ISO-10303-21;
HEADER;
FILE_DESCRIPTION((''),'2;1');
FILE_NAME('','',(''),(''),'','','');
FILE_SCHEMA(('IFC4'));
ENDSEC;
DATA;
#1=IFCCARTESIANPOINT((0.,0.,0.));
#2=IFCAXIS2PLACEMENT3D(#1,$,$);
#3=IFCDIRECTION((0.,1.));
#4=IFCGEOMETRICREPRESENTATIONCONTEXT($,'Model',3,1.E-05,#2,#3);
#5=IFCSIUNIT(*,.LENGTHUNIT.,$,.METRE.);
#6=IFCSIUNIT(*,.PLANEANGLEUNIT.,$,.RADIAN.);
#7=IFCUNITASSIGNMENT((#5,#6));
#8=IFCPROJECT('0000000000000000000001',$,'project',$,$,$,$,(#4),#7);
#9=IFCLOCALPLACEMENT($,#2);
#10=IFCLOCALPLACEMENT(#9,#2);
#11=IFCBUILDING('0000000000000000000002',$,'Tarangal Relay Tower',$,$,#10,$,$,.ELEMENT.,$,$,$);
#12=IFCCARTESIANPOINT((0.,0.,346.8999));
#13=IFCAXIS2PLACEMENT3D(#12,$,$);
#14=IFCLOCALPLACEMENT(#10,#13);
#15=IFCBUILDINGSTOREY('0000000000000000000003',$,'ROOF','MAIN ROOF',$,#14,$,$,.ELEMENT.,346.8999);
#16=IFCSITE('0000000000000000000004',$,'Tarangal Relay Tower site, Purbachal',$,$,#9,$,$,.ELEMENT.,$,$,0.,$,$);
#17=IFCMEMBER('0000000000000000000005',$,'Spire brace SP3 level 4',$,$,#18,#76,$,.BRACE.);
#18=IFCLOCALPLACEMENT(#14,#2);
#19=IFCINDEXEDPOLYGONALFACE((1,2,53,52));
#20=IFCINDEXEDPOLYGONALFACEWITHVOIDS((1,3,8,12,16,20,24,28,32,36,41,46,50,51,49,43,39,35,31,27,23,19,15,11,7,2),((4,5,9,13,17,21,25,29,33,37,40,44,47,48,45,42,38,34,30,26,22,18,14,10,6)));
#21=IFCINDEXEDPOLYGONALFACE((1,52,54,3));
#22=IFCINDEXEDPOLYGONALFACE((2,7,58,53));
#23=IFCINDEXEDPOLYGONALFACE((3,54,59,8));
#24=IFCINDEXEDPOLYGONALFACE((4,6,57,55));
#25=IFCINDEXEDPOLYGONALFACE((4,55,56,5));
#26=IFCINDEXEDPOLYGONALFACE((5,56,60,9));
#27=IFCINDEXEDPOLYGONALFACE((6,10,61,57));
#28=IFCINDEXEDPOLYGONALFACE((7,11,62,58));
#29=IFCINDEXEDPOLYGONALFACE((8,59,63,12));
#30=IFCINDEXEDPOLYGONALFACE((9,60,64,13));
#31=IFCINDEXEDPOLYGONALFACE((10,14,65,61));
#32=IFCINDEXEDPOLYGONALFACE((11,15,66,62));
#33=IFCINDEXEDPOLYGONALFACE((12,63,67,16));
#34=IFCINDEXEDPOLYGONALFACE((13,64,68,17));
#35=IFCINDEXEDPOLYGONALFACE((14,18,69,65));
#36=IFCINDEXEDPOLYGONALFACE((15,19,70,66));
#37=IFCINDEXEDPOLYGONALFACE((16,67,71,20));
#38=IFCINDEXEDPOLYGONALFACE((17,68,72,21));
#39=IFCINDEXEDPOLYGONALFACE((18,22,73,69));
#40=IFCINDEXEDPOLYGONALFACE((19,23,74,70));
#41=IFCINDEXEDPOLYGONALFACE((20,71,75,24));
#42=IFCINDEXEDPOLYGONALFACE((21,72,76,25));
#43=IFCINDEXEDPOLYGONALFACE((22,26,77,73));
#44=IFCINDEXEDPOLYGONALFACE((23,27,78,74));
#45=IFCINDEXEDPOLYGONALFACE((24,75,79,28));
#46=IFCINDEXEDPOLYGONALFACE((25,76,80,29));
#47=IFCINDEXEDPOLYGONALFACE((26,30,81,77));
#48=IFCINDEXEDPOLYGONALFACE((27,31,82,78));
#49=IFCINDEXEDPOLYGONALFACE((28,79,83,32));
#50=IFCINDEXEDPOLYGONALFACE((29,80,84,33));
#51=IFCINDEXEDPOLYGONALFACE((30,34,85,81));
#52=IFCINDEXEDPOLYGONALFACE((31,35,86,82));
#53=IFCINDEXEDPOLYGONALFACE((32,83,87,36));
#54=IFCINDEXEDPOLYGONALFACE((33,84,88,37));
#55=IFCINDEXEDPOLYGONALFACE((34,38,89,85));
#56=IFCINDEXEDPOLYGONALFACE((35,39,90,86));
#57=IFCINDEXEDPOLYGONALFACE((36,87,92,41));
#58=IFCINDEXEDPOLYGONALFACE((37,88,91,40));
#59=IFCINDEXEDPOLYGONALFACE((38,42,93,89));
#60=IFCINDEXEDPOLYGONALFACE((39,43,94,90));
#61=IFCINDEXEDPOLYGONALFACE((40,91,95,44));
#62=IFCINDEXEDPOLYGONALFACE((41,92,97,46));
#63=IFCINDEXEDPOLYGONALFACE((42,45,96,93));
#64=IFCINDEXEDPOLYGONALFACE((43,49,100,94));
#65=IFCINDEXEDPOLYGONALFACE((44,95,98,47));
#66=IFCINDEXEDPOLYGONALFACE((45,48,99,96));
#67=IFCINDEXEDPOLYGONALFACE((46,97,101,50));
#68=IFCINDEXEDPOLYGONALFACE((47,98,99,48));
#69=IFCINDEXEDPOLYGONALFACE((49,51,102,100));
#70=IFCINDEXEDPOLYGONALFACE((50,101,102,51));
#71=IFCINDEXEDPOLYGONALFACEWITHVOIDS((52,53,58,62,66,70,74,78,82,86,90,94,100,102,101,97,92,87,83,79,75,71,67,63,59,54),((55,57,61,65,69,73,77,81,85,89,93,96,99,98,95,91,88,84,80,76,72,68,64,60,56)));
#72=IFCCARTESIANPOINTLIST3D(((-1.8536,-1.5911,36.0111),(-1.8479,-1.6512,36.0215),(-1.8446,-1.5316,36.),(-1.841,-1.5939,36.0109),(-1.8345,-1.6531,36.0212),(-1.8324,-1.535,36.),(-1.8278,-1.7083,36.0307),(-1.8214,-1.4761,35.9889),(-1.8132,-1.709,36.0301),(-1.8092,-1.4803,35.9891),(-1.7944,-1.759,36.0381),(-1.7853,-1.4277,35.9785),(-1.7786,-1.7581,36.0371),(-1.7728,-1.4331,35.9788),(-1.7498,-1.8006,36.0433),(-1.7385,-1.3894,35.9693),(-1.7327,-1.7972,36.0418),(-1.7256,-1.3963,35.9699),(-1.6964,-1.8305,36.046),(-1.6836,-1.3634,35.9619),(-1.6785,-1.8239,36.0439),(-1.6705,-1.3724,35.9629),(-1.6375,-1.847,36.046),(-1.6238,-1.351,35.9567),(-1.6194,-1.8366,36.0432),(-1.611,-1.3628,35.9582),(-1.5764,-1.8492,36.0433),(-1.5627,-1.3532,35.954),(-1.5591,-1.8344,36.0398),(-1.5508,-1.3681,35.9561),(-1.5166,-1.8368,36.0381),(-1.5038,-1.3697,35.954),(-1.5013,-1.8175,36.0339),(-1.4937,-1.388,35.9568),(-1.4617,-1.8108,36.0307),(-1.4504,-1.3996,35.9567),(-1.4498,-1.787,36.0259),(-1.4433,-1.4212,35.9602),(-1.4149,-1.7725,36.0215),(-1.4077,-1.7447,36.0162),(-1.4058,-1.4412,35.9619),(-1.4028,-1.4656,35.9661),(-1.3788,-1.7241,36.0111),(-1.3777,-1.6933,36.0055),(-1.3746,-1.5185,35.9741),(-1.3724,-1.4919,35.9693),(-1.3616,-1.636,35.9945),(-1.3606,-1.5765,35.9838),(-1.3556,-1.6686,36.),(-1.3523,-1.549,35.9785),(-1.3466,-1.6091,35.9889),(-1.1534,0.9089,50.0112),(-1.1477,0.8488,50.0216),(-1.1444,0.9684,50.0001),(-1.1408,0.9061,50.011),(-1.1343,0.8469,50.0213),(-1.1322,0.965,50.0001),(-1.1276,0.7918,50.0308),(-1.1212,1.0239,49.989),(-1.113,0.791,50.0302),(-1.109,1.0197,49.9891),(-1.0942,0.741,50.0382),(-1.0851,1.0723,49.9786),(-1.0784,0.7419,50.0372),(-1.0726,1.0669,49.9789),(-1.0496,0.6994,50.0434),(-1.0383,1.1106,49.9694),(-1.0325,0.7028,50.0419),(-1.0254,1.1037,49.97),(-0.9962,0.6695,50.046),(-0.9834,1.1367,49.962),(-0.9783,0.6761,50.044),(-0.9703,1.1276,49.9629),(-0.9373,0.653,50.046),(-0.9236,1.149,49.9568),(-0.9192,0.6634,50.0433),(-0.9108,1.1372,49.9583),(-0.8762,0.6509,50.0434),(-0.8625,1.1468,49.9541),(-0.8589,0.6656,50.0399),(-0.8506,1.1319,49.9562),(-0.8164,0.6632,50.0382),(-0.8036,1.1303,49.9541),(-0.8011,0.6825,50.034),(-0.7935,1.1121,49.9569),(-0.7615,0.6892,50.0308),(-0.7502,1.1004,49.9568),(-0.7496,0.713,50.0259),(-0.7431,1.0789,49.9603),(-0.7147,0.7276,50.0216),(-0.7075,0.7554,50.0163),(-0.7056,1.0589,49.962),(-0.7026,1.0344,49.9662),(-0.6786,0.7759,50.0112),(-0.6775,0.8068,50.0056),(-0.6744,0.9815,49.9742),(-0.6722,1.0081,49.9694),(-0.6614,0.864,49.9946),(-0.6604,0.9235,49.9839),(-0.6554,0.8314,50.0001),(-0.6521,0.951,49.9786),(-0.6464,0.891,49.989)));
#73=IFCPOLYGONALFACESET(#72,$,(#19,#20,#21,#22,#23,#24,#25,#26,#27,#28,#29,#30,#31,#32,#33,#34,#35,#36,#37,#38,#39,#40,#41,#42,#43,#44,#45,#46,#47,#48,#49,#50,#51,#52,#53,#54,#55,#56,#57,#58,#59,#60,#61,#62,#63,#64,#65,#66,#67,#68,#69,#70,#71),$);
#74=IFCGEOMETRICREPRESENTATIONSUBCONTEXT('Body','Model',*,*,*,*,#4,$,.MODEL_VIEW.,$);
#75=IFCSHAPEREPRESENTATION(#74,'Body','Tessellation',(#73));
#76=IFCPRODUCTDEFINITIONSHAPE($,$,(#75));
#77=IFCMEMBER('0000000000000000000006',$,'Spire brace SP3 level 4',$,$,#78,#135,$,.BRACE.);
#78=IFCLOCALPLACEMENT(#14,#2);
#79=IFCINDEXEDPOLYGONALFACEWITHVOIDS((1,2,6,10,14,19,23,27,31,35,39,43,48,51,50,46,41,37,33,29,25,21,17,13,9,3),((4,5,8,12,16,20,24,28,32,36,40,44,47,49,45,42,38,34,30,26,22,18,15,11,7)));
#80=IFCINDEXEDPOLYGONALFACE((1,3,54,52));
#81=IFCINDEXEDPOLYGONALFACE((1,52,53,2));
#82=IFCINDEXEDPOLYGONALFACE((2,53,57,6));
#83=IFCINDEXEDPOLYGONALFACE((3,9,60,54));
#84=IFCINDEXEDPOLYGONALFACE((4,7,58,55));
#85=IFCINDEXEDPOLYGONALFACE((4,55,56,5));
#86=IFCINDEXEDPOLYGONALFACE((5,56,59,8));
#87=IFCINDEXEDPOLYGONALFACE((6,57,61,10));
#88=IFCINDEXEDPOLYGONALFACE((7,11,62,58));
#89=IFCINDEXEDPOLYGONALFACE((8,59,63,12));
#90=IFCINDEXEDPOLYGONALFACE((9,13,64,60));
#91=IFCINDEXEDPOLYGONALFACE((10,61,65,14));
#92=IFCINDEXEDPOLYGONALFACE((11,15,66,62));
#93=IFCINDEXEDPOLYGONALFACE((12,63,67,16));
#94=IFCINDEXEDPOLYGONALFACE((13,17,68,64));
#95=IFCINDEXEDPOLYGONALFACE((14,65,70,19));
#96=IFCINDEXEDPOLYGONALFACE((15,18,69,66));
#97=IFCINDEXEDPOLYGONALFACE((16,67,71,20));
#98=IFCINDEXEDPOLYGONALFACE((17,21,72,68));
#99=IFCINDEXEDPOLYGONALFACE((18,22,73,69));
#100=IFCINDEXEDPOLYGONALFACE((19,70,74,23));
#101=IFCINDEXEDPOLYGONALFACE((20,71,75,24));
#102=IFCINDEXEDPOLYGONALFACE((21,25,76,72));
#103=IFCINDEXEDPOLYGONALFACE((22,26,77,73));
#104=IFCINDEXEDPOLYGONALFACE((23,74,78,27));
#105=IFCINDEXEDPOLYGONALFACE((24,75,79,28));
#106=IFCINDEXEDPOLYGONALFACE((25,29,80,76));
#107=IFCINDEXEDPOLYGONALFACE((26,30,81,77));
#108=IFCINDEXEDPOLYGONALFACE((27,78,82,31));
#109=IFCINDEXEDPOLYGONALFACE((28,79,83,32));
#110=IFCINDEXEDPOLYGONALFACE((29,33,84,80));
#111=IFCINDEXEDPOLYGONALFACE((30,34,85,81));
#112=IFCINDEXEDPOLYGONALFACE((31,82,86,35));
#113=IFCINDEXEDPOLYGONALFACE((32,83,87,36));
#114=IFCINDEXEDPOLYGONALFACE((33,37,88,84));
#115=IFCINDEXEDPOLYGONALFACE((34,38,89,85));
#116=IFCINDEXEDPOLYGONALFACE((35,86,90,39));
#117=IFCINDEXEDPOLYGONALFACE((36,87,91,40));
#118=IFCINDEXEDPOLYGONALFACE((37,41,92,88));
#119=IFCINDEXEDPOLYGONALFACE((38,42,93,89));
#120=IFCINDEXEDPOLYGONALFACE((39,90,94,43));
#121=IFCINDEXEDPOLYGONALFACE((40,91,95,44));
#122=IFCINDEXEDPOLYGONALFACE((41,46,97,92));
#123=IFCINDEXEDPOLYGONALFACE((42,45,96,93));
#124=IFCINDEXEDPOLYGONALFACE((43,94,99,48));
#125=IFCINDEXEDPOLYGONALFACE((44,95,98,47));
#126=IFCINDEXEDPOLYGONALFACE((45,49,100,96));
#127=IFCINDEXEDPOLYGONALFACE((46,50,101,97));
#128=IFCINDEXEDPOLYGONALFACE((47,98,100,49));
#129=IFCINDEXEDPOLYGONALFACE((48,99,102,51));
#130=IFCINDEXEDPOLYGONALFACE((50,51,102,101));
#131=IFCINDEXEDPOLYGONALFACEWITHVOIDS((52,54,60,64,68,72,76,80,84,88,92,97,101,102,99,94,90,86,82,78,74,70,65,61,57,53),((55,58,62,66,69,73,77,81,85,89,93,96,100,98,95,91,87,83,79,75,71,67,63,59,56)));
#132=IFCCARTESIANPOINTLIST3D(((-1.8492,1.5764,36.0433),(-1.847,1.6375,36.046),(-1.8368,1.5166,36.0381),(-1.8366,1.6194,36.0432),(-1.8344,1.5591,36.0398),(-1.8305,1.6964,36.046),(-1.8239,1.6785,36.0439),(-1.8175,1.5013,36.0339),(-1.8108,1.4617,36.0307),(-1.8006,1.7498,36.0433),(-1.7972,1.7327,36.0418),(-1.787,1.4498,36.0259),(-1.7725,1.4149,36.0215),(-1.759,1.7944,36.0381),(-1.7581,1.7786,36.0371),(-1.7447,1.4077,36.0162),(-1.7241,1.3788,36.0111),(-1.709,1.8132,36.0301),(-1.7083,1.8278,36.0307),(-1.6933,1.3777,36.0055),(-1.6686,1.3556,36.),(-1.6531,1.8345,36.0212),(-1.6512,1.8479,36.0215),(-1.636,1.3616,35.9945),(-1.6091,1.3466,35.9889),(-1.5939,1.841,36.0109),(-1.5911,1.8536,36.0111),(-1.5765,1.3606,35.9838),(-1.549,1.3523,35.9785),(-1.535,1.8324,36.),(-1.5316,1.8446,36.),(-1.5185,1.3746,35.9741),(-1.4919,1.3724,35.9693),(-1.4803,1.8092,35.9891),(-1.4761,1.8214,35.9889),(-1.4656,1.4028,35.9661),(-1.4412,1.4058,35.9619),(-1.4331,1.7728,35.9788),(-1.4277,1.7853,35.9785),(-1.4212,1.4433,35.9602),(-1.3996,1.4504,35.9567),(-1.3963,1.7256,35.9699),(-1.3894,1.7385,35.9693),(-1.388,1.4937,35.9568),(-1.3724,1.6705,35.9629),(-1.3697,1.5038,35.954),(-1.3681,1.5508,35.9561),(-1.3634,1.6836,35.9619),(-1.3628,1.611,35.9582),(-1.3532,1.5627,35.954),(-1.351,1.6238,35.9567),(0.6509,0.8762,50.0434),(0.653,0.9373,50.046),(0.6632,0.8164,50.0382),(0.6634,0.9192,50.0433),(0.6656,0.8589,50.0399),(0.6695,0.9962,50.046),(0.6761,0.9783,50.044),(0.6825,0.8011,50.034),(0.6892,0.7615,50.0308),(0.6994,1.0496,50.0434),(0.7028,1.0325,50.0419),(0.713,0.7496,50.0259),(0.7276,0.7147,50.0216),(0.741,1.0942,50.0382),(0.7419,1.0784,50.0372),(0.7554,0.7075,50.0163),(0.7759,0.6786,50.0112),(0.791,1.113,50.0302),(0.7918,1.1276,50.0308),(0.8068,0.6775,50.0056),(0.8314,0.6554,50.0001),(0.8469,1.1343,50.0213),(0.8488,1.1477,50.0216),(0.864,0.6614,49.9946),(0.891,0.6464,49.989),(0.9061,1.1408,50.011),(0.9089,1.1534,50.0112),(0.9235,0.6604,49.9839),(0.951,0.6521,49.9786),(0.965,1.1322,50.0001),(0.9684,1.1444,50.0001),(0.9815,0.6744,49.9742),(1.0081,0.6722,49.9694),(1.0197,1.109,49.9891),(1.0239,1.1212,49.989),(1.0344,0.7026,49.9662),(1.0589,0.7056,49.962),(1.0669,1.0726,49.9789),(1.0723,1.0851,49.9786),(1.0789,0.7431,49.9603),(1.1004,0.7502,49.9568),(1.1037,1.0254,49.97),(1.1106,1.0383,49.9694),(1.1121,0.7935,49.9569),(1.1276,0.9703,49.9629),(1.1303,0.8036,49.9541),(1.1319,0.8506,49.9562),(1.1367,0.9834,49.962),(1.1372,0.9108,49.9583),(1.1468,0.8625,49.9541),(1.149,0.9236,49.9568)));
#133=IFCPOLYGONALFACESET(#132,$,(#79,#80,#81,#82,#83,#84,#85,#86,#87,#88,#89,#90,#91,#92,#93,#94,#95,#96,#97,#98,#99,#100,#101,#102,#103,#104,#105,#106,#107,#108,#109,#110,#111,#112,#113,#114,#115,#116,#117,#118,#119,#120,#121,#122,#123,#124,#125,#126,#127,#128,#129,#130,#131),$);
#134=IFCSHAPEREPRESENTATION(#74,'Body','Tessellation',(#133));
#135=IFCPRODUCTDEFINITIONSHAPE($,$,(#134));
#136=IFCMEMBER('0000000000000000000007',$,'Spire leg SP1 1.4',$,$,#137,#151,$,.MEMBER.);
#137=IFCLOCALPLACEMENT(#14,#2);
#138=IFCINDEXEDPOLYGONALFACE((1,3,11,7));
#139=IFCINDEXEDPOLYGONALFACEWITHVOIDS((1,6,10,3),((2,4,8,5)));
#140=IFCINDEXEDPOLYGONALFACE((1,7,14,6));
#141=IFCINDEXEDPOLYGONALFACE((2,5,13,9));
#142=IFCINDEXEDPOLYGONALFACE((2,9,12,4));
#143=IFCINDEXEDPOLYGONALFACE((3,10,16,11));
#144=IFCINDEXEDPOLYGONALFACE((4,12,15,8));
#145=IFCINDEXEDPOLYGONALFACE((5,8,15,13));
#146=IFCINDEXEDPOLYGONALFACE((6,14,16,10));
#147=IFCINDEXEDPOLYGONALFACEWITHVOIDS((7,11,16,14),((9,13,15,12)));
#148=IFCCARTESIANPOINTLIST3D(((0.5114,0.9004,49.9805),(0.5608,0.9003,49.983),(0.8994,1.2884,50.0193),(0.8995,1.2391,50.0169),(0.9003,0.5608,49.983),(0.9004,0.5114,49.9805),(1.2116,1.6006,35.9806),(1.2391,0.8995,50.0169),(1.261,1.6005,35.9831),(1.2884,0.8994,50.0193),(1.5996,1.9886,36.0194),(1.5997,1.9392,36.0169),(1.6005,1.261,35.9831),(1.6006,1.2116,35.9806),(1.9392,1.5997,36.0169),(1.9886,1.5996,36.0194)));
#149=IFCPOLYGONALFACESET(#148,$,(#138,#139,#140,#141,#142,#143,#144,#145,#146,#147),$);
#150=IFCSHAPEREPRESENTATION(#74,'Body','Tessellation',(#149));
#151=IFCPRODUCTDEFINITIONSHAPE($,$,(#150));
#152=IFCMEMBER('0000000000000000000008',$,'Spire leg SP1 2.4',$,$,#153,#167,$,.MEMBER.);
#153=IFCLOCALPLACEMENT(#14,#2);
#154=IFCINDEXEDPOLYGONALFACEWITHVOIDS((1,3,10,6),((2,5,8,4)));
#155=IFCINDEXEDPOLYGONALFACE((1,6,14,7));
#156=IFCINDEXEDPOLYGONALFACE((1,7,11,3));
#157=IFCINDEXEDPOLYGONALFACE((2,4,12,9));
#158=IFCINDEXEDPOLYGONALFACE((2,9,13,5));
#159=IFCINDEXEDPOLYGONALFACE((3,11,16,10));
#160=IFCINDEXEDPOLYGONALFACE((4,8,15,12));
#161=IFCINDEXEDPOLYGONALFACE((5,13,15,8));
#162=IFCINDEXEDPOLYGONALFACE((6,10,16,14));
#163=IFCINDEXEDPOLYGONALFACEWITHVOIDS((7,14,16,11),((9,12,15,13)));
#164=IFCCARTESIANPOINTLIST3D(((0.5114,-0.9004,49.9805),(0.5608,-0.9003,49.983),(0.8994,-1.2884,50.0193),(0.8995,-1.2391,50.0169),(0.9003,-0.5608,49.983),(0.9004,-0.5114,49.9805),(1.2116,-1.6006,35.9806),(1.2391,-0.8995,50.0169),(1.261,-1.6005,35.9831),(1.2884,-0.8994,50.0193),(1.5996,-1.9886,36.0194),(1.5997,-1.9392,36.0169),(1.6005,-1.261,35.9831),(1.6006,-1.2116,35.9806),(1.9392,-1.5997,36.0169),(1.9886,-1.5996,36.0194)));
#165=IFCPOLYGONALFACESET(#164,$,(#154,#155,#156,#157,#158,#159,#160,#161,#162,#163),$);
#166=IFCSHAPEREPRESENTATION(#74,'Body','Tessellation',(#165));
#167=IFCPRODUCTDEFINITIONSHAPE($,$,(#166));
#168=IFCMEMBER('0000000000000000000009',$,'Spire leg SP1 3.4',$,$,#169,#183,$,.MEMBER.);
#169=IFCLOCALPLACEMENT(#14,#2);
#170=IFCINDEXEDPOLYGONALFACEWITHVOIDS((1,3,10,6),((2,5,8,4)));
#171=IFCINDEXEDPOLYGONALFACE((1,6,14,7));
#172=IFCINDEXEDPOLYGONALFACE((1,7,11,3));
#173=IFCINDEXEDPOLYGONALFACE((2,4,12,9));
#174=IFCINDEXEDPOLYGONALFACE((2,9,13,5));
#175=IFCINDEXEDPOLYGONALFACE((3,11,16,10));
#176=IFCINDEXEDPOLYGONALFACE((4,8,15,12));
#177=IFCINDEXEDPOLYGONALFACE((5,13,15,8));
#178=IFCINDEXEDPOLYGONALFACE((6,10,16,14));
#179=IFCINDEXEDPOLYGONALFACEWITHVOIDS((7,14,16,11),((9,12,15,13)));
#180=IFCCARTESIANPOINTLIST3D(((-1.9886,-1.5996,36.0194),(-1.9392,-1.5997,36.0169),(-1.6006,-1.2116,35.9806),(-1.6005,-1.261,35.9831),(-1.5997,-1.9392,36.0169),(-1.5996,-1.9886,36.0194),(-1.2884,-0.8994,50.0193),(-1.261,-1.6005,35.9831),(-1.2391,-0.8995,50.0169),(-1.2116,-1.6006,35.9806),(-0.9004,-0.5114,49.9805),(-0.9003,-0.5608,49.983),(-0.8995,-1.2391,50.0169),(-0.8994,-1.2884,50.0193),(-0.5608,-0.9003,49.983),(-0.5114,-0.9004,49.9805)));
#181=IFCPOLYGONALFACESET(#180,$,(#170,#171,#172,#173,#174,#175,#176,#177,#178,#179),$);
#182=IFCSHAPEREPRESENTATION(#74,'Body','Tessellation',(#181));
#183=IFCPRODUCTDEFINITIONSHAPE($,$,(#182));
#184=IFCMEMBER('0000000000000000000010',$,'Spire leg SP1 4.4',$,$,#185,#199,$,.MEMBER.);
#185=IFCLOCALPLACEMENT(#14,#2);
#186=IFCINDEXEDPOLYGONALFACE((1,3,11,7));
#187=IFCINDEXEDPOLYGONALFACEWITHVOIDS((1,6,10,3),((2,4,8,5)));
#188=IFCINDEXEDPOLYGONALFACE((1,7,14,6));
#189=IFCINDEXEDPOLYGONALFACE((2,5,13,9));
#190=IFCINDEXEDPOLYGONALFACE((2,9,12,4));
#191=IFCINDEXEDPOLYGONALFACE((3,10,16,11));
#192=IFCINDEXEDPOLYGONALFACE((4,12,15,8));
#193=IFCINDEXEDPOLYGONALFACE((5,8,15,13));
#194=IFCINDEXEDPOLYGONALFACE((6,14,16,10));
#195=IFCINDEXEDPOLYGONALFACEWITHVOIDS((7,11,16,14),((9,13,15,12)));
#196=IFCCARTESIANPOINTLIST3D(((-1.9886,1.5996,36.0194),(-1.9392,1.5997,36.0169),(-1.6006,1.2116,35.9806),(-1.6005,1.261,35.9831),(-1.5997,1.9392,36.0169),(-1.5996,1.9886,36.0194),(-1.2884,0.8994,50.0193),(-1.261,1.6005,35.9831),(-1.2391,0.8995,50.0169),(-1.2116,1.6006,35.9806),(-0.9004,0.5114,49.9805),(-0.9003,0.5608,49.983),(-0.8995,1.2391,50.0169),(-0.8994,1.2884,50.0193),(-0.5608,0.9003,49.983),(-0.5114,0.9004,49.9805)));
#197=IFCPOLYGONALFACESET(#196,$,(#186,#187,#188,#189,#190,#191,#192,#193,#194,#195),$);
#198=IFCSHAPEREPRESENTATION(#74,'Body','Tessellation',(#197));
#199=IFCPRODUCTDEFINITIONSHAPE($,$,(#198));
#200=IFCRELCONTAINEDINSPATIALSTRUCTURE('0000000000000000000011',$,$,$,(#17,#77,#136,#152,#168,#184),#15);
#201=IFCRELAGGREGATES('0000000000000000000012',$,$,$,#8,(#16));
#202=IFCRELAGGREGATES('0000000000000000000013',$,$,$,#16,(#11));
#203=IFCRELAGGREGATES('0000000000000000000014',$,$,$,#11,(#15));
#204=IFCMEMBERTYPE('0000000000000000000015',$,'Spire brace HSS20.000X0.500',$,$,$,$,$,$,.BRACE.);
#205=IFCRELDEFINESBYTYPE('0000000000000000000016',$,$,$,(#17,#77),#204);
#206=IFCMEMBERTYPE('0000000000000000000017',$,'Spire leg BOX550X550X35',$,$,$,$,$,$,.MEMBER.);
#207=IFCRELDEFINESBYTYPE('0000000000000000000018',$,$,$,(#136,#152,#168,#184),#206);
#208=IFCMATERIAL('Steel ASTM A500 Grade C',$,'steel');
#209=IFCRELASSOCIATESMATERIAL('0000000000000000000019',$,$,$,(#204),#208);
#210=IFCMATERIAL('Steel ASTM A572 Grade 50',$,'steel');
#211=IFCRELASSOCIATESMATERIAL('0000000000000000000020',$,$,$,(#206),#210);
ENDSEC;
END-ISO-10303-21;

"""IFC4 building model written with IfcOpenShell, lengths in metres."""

from ifc_helpers import new_model, si_unit, direction, frame, origin, origin_2d, place, context, subcontext, project, spatial, hollow_rectangle, hollow_circle, extrude, material, material_profile, profile_set, type_object, element, save


model = new_model("IFC4")

# Units and contexts
model_context = context("Model", 3, precision=1e-05, world=origin(), true_north=direction((0.0, 1.0)))
body_context = subcontext(model_context, "Body", "Model", "MODEL_VIEW")
ifc_project = project(units=[si_unit("LENGTHUNIT", "METRE"), si_unit("PLANEANGLEUNIT", "RADIAN")], contexts=[model_context])

# Site, building, storey
site_placement = place(None, origin())
site = spatial("IfcSite", under=ifc_project, at=site_placement, Name="Tarangal Relay Tower site, Purbachal", CompositionType="ELEMENT", RefElevation=0.0)
building_placement = place(site_placement, origin())
building = spatial("IfcBuilding", under=site, at=building_placement, Name="Tarangal Relay Tower", CompositionType="ELEMENT")
storey_placement = place(building_placement, frame((0.0, 0.0, 346.8999)))
storey = spatial("IfcBuildingStorey", under=building, at=storey_placement, Name="ROOF", Description="MAIN ROOF", CompositionType="ELEMENT", Elevation=346.8999)

# Members
ifc_material_1 = material(Name="Steel ASTM A500 Grade C", Category="steel")
ifc_material_profile_1 = material_profile(ifc_material_1, hollow_circle(Radius=0.2539, WallThickness=0.0127, at=origin_2d()), Name="HSS20.000X0.500")
ifc_profile_set_1 = profile_set([ifc_material_profile_1], Name="Steel ASTM A500 Grade C")
member_type_1 = type_object("IfcMemberType", Name="Spire brace HSS20.000X0.500", PredefinedType="BRACE", material=ifc_profile_set_1)
for number, where, z_axis, x_axis, name in (
    (1, (-1.6001, -1.6001, 36.0), (0.049176, 0.175578, 0.983237), (-0.962944, 0.2697, 0.0), "Spire brace SP3 level 4"),
    (2, (-1.6001, 1.6001, 36.0), (0.175578, -0.049176, 0.983237), (0.2697, 0.962944, 0.0), "Spire brace SP3 level 4"),
):
    element("IfcMember", number, at=place(storey_placement, frame(where, z_axis=z_axis, x_axis=x_axis)), inside=storey, type_object=member_type_1, Name=name, PredefinedType="BRACE", context=body_context, shape_type="SweptSolid", body=[
        extrude(hollow_circle(Radius=0.2539, WallThickness=0.0127, at=origin_2d()), origin(), (0.0, 0.0, 1.0), 14.2388),
    ])
ifc_material_2 = material(Name="Steel ASTM A572 Grade 50", Category="steel")
ifc_material_profile_2 = material_profile(ifc_material_2, hollow_rectangle(XDim=0.55, YDim=0.55, WallThickness=0.0349, at=origin_2d()), Name="BOX550X550X35")
ifc_profile_set_2 = profile_set([ifc_material_profile_2], Name="Steel ASTM A572 Grade 50")
member_type_2 = type_object("IfcMemberType", Name="Spire leg BOX550X550X35", PredefinedType="MEMBER", material=ifc_profile_set_2)
for number, where, z_axis, x_axis, name in (
    (3, (1.6001, 1.6001, 36.0), (-0.049889, -0.049889, 0.997508), (0.707107, -0.707107, 0.0), "Spire leg SP1 1.4"),
    (4, (1.6001, -1.6001, 36.0), (-0.049889, 0.049889, 0.997508), (-0.707107, -0.707107, 0.0), "Spire leg SP1 2.4"),
    (5, (-1.6001, -1.6001, 36.0), (0.049889, 0.049889, 0.997508), (-0.707107, 0.707107, 0.0), "Spire leg SP1 3.4"),
    (6, (-1.6001, 1.6001, 36.0), (0.049889, -0.049889, 0.997508), (0.707107, 0.707107, 0.0), "Spire leg SP1 4.4"),
):
    element("IfcMember", number, at=place(storey_placement, frame(where, z_axis=z_axis, x_axis=x_axis)), inside=storey, type_object=member_type_2, Name=name, PredefinedType="MEMBER", context=body_context, shape_type="SweptSolid", body=[
        extrude(hollow_rectangle(XDim=0.55, YDim=0.55, WallThickness=0.0349, at=origin_2d()), origin(), (0.0, 0.0, 1.0), 14.0349),
    ])

save(model, "model.ifc")
